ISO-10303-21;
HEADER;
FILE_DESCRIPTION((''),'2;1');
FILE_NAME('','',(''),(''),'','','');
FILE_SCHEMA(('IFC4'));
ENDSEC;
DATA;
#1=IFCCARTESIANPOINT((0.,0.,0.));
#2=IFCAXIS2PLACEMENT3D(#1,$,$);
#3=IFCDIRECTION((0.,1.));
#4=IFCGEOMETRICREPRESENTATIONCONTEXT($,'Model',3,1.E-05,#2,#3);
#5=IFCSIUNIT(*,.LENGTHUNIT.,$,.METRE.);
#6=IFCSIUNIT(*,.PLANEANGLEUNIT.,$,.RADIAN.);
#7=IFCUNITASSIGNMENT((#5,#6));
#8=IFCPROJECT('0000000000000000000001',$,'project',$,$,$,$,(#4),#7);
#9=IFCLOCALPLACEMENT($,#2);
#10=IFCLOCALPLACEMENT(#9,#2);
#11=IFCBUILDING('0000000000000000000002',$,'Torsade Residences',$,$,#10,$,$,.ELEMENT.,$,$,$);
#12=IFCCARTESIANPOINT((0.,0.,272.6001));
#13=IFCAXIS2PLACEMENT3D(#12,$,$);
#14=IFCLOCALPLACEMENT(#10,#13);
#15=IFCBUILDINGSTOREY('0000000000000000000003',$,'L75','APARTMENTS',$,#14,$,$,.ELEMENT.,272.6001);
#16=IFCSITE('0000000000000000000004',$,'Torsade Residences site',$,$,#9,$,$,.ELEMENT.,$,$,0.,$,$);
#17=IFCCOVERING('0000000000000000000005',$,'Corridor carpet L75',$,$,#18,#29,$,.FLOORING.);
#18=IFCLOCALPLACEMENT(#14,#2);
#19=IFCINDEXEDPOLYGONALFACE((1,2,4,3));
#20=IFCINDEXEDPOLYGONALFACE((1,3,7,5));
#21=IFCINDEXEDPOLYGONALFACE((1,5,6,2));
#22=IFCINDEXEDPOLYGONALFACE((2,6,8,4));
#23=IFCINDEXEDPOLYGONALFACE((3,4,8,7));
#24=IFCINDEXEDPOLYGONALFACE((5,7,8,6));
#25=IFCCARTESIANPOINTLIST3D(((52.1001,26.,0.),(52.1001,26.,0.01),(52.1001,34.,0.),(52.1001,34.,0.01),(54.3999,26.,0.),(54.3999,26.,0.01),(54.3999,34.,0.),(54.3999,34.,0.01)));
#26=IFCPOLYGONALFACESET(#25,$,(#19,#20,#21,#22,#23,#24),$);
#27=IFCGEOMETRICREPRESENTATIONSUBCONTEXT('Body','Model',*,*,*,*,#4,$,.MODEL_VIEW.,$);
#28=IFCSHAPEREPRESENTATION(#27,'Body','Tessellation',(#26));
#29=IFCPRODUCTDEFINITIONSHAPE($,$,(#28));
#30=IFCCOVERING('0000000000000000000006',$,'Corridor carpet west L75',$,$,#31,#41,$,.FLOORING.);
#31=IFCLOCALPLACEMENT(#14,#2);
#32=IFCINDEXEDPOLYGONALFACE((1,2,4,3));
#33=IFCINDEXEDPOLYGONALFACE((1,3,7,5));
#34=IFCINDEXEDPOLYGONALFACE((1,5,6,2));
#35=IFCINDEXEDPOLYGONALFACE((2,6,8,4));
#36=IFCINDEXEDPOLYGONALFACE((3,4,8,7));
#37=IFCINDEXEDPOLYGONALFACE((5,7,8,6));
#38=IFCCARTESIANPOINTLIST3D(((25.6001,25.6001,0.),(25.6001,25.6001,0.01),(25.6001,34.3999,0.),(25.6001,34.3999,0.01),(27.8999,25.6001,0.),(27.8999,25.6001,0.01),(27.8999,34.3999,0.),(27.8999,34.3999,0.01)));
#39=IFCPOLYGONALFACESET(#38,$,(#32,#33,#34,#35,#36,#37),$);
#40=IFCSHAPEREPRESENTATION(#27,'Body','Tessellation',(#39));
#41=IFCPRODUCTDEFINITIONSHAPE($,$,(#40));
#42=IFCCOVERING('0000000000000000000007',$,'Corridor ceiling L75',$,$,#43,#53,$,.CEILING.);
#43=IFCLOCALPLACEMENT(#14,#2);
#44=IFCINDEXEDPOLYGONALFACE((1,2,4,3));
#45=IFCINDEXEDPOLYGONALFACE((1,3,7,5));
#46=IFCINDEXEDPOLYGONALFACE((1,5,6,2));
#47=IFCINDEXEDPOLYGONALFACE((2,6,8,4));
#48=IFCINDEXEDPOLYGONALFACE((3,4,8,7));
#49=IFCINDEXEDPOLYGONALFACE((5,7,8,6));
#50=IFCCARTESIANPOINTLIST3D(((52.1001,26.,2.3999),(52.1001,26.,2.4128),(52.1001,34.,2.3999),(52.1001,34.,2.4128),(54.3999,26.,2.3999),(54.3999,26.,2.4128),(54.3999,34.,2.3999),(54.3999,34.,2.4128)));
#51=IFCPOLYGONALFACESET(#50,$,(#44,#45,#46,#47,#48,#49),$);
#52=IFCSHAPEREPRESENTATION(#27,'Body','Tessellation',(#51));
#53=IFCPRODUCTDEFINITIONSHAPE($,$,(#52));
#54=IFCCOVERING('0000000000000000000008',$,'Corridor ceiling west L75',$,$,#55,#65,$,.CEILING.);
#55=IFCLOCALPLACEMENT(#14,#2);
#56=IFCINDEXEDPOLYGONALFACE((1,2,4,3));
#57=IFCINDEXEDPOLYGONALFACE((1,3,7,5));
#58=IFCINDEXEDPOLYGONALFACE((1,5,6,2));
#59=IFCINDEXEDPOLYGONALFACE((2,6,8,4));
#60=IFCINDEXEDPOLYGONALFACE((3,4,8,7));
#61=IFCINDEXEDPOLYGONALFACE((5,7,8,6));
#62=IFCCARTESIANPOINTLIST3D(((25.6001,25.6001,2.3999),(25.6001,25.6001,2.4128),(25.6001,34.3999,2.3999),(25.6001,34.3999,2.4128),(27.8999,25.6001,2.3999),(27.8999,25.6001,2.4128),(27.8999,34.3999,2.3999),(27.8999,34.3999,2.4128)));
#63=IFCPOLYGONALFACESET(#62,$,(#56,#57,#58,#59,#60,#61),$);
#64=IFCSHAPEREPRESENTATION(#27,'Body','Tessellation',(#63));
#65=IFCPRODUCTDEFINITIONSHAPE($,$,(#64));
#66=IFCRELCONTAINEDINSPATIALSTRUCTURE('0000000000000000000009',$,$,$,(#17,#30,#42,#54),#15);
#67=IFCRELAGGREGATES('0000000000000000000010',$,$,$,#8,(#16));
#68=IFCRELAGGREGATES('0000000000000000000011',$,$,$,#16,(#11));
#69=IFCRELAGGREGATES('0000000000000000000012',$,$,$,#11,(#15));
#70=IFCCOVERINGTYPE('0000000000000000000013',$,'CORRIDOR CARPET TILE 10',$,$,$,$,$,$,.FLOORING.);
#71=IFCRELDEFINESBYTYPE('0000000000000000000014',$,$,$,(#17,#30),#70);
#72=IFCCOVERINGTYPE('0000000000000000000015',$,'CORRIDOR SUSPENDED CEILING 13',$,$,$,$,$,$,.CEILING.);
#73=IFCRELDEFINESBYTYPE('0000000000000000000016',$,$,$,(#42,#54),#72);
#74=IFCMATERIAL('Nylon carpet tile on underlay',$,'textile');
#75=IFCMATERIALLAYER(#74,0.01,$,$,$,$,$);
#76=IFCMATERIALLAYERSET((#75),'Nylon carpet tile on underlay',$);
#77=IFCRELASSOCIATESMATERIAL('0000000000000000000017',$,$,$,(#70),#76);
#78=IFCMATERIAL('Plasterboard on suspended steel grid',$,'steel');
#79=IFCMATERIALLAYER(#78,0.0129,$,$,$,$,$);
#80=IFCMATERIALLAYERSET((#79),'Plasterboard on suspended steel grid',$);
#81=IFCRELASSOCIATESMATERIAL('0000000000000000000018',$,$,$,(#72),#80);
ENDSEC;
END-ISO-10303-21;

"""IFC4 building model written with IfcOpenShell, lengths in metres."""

from ifc_helpers import new_model, si_unit, direction, frame, origin, place, context, subcontext, project, spatial, polyline, outline, extrude, material, layer, layer_set, type_object, element, save


model = new_model("IFC4")

# Units and contexts
model_context = context("Model", 3, precision=1e-05, world=origin(), true_north=direction((0.0, 1.0)))
body_context = subcontext(model_context, "Body", "Model", "MODEL_VIEW")
ifc_project = project(units=[si_unit("LENGTHUNIT", "METRE"), si_unit("PLANEANGLEUNIT", "RADIAN")], contexts=[model_context])

# Site, building, storey
site_placement = place(None, origin())
site = spatial("IfcSite", under=ifc_project, at=site_placement, Name="Torsade Residences site", CompositionType="ELEMENT", RefElevation=0.0)
building_placement = place(site_placement, origin())
building = spatial("IfcBuilding", under=site, at=building_placement, Name="Torsade Residences", CompositionType="ELEMENT")
storey_placement = place(building_placement, frame((0.0, 0.0, 272.6001)))
storey = spatial("IfcBuildingStorey", under=building, at=storey_placement, Name="L75", Description="APARTMENTS", CompositionType="ELEMENT", Elevation=272.6001)

# Coverings
ifc_material_1 = material(Name="Nylon carpet tile on underlay", Category="textile")
ifc_layer_1 = layer(ifc_material_1, 0.01)
ifc_layer_set_1 = layer_set([ifc_layer_1], Name="Nylon carpet tile on underlay")
covering_type_1 = type_object("IfcCoveringType", Name="CORRIDOR CARPET TILE 10", PredefinedType="FLOORING", material=ifc_layer_set_1)
covering_1_placement = place(storey_placement, origin())
element("IfcCovering", 1, at=covering_1_placement, inside=storey, type_object=covering_type_1, Name="Corridor carpet L75", PredefinedType="FLOORING", context=body_context, shape_type="SweptSolid", body=[
    extrude(outline(polyline([(54.3999, 26.0), (54.3999, 34.0), (52.1001, 34.0), (52.1001, 26.0), (54.3999, 26.0)])), origin(), (0.0, 0.0, 1.0), 0.01),
])
covering_2_placement = place(storey_placement, origin())
element("IfcCovering", 2, at=covering_2_placement, inside=storey, type_object=covering_type_1, Name="Corridor carpet west L75", PredefinedType="FLOORING", context=body_context, shape_type="SweptSolid", body=[
    extrude(outline(polyline([(27.8999, 25.6001), (27.8999, 34.3999), (25.6001, 34.3999), (25.6001, 25.6001), (27.8999, 25.6001)])), origin(), (0.0, 0.0, 1.0), 0.01),
])
ifc_material_2 = material(Name="Plasterboard on suspended steel grid", Category="steel")
ifc_layer_2 = layer(ifc_material_2, 0.0129)
ifc_layer_set_2 = layer_set([ifc_layer_2], Name="Plasterboard on suspended steel grid")
covering_type_2 = type_object("IfcCoveringType", Name="CORRIDOR SUSPENDED CEILING 13", PredefinedType="CEILING", material=ifc_layer_set_2)
covering_3_placement = place(storey_placement, frame((0.0, 0.0, 2.3999)))
element("IfcCovering", 3, at=covering_3_placement, inside=storey, type_object=covering_type_2, Name="Corridor ceiling L75", PredefinedType="CEILING", context=body_context, shape_type="SweptSolid", body=[
    extrude(outline(polyline([(54.3999, 26.0), (54.3999, 34.0), (52.1001, 34.0), (52.1001, 26.0), (54.3999, 26.0)])), origin(), (0.0, 0.0, 1.0), 0.0129),
])
covering_4_placement = place(storey_placement, frame((0.0, 0.0, 2.3999)))
element("IfcCovering", 4, at=covering_4_placement, inside=storey, type_object=covering_type_2, Name="Corridor ceiling west L75", PredefinedType="CEILING", context=body_context, shape_type="SweptSolid", body=[
    extrude(outline(polyline([(27.8999, 25.6001), (27.8999, 34.3999), (25.6001, 34.3999), (25.6001, 25.6001), (27.8999, 25.6001)])), origin(), (0.0, 0.0, 1.0), 0.0129),
])

save(model, "model.ifc")
